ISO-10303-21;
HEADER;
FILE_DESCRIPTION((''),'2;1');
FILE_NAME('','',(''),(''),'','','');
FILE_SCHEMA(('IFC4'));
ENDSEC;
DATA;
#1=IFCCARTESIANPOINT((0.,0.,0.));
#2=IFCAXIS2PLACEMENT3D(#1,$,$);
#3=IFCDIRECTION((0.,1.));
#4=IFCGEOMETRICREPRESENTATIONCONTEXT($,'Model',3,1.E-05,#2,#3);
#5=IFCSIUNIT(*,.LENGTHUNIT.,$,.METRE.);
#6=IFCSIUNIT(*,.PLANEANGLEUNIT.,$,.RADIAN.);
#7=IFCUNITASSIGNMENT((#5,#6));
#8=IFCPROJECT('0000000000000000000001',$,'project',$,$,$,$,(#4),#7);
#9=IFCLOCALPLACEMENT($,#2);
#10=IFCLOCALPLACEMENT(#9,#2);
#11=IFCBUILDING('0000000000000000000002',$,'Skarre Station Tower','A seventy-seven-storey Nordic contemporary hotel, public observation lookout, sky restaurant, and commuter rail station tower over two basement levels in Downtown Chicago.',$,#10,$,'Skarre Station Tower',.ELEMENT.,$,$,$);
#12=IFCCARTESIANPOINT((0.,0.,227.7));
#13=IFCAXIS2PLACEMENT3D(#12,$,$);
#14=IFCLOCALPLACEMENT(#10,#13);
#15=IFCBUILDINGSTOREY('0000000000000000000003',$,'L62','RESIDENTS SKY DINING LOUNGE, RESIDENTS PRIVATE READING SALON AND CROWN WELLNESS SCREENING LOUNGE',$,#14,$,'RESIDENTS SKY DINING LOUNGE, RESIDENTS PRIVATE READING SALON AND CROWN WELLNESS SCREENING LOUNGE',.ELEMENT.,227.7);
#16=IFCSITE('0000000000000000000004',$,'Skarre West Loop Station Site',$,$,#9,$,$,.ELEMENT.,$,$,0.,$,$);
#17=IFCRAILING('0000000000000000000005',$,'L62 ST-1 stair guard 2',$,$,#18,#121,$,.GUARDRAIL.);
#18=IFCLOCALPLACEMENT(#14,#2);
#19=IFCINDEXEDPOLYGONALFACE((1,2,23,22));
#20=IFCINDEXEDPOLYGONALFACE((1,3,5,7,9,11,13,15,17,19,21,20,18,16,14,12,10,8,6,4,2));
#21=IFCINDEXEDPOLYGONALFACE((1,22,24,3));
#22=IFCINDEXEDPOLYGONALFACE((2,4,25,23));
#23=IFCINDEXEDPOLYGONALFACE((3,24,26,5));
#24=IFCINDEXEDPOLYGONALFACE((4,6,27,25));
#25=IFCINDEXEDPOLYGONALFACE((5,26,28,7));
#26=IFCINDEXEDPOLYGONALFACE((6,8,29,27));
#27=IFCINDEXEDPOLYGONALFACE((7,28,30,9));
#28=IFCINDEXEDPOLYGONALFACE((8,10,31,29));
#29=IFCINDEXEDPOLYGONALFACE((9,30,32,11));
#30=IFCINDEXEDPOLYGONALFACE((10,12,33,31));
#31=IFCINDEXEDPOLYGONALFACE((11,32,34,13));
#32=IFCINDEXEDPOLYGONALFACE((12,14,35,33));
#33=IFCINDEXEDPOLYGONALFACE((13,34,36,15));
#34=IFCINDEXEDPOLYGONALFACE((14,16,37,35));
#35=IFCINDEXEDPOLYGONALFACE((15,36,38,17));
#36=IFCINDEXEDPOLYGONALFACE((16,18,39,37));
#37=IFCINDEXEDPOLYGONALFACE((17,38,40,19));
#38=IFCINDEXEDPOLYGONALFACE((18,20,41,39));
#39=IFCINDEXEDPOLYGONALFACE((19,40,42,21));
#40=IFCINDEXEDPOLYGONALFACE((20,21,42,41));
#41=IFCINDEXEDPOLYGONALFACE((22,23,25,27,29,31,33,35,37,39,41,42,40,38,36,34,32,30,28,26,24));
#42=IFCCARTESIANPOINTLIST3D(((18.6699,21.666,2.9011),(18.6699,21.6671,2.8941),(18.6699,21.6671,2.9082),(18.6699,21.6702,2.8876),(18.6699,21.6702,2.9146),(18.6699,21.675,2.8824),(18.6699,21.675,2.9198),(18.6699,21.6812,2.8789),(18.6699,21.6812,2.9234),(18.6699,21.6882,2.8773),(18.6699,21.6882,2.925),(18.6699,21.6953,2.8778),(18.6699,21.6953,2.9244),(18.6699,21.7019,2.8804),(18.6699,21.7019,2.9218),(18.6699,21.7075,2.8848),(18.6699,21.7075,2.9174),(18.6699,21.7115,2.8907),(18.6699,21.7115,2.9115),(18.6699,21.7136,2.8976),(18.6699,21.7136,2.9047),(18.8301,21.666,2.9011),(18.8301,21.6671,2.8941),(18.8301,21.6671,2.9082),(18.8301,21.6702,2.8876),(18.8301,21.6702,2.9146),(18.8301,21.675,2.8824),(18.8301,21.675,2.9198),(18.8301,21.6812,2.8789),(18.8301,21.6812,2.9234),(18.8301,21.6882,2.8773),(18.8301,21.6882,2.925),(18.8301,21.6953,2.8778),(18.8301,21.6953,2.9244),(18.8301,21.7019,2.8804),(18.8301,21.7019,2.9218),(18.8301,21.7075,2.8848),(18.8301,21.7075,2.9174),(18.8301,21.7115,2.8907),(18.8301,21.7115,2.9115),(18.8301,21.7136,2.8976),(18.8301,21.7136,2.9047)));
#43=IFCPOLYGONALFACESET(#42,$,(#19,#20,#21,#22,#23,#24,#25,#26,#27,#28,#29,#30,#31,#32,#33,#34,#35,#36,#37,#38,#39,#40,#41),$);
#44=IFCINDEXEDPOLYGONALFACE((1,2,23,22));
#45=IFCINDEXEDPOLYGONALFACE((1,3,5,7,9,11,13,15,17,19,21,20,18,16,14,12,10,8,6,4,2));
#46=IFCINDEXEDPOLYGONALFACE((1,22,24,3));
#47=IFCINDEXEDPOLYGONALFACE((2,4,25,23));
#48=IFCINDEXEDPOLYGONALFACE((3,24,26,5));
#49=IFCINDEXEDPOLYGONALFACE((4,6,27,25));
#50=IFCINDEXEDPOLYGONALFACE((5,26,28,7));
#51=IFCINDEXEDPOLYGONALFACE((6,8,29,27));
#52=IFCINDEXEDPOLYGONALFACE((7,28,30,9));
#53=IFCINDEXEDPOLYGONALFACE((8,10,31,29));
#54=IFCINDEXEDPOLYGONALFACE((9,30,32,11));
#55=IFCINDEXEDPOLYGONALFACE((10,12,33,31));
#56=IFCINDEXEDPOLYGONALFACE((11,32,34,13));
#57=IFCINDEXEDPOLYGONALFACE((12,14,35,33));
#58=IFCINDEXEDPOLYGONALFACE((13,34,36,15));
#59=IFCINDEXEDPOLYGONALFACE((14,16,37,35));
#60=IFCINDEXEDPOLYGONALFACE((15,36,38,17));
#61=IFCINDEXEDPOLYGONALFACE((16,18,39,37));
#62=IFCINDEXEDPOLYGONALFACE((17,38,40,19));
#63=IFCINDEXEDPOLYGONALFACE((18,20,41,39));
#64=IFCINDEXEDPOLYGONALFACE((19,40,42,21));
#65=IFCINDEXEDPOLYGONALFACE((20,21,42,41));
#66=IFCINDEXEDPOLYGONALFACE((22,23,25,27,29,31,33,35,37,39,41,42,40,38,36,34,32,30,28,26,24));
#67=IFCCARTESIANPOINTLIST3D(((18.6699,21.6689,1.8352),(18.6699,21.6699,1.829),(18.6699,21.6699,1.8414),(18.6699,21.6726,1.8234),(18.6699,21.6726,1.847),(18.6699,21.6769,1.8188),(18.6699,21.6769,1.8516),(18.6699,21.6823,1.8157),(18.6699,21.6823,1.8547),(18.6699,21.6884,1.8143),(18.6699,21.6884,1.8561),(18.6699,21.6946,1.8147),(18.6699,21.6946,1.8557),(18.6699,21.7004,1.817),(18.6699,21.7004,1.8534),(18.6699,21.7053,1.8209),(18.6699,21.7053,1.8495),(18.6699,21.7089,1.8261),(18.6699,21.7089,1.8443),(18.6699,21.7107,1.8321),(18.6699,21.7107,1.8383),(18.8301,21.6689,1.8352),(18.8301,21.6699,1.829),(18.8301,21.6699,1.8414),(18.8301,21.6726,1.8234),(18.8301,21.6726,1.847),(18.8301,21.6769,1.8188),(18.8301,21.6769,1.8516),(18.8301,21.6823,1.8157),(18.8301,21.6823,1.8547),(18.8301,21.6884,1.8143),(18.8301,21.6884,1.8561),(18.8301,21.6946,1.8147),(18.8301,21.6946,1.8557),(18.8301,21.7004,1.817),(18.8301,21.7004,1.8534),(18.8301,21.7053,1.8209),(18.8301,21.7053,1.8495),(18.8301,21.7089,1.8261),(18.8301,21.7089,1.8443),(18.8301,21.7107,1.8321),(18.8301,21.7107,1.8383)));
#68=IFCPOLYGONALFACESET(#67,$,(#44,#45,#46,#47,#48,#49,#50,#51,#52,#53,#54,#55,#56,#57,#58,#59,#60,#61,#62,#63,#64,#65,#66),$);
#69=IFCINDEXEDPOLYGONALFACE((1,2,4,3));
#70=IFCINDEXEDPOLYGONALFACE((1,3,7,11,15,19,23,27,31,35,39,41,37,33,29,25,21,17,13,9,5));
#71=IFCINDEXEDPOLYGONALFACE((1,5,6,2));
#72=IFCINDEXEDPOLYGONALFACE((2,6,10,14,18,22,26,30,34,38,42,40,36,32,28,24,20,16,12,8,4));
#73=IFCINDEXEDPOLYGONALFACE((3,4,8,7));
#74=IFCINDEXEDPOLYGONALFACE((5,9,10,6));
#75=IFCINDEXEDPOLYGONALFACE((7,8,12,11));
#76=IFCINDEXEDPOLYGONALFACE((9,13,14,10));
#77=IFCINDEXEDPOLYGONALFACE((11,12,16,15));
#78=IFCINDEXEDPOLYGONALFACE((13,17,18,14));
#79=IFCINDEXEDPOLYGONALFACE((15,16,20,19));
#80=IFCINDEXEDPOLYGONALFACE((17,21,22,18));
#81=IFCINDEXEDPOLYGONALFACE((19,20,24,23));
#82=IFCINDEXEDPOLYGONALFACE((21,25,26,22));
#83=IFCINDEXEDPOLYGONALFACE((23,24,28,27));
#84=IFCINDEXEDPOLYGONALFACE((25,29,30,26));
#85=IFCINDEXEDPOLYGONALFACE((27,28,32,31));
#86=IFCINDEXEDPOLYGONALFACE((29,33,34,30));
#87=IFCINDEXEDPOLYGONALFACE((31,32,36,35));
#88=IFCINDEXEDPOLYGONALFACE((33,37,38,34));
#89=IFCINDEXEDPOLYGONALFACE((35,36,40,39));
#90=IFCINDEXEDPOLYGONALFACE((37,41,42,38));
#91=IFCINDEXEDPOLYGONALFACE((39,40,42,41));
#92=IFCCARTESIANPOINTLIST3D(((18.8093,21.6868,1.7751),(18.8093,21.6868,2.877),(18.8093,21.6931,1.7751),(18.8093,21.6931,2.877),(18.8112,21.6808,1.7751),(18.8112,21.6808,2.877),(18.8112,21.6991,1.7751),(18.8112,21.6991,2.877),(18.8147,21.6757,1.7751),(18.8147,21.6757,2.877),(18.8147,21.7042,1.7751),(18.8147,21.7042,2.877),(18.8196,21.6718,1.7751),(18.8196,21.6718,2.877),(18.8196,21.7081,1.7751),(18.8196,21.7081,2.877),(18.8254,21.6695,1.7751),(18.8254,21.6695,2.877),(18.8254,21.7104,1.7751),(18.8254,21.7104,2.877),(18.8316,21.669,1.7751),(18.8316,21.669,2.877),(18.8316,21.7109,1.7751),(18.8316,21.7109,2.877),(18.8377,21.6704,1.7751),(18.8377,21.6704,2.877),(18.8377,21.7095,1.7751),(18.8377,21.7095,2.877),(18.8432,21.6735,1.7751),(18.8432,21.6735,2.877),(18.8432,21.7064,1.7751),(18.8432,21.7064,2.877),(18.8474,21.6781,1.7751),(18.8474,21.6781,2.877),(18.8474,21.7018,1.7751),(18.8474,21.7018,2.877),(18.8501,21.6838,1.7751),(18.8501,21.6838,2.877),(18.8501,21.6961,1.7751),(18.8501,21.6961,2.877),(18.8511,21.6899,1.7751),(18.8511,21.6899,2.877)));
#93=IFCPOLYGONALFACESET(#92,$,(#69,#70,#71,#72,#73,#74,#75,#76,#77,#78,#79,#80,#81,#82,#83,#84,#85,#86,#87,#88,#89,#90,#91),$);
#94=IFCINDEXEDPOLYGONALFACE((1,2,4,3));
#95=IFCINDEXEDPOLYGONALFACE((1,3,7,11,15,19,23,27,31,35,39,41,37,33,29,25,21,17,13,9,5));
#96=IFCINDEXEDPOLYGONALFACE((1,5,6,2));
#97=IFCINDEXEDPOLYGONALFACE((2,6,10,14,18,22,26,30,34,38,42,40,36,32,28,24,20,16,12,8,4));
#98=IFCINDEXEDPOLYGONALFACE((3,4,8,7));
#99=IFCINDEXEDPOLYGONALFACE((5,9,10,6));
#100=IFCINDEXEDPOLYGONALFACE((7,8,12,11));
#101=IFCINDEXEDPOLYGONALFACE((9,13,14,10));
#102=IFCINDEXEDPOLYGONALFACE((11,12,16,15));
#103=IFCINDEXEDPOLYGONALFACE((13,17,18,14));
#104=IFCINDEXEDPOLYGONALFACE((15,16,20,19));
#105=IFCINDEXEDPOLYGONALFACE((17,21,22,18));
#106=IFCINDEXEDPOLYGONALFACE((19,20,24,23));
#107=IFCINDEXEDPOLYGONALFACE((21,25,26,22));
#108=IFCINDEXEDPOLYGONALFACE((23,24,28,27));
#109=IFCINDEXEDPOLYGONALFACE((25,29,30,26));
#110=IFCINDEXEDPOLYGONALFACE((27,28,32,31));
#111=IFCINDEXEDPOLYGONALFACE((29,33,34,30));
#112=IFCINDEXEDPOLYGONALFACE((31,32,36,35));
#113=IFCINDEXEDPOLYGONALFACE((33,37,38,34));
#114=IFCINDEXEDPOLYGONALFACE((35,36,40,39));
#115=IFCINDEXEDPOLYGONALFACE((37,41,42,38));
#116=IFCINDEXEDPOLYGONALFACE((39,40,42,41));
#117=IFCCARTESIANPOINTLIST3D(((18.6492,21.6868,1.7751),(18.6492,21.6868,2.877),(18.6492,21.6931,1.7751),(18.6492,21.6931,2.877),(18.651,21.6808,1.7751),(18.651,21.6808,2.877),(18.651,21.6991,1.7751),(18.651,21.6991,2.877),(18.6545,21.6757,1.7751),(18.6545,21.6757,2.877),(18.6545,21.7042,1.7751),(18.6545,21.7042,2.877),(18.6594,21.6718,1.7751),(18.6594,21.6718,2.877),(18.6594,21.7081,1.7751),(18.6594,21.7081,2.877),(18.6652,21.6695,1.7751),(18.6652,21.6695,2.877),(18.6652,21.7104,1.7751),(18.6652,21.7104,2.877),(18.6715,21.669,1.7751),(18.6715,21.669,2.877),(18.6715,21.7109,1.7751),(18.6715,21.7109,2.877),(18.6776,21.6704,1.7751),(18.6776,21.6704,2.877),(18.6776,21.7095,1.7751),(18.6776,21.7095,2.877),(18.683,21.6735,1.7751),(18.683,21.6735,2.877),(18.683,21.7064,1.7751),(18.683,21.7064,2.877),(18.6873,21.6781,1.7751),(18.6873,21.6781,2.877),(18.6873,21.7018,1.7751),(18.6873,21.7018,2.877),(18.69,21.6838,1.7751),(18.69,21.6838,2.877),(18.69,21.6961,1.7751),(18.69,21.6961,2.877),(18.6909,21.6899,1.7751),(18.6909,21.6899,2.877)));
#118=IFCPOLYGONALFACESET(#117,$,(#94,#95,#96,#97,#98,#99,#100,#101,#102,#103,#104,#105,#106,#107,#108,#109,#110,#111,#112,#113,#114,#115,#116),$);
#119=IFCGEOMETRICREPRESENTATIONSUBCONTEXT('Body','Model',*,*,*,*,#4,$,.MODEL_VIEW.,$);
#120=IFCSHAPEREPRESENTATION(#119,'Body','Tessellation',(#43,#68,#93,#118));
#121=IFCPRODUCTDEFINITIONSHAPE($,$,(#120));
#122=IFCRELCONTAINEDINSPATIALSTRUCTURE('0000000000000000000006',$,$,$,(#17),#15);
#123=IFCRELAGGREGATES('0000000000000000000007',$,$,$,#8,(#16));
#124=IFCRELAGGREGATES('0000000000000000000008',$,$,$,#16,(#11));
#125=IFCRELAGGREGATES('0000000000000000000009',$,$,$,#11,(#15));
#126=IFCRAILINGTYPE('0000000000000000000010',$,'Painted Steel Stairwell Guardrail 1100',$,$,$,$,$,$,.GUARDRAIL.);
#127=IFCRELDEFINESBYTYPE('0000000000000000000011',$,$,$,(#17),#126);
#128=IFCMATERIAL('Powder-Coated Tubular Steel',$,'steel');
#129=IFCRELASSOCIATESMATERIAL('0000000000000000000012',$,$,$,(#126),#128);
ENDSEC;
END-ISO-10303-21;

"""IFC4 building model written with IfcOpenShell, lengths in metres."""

from ifc_helpers import new_model, si_unit, direction, frame, origin, origin_2d, place, context, subcontext, project, spatial, circle, extrude, material, type_object, element, save


model = new_model("IFC4")

# Units and contexts
model_context = context("Model", 3, precision=1e-05, world=origin(), true_north=direction((0.0, 1.0)))
body_context = subcontext(model_context, "Body", "Model", "MODEL_VIEW")
ifc_project = project(units=[si_unit("LENGTHUNIT", "METRE"), si_unit("PLANEANGLEUNIT", "RADIAN")], contexts=[model_context])

# Site, building, storey
site_placement = place(None, origin())
site = spatial("IfcSite", under=ifc_project, at=site_placement, Name="Skarre West Loop Station Site", CompositionType="ELEMENT", RefElevation=0.0)
building_placement = place(site_placement, origin())
building = spatial("IfcBuilding", under=site, at=building_placement, Name="Skarre Station Tower", Description="A seventy-seven-storey Nordic contemporary hotel, public observation lookout, sky restaurant, and commuter rail station tower over two basement levels in Downtown Chicago.", LongName="Skarre Station Tower", CompositionType="ELEMENT")
storey_placement = place(building_placement, frame((0.0, 0.0, 227.7)))
storey = spatial("IfcBuildingStorey", under=building, at=storey_placement, Name="L62", Description="RESIDENTS SKY DINING LOUNGE, RESIDENTS PRIVATE READING SALON AND CROWN WELLNESS SCREENING LOUNGE", LongName="RESIDENTS SKY DINING LOUNGE, RESIDENTS PRIVATE READING SALON AND CROWN WELLNESS SCREENING LOUNGE", CompositionType="ELEMENT", Elevation=227.7)

# Railing
ifc_material_1 = material(Name="Powder-Coated Tubular Steel", Category="steel")
railing_type = type_object("IfcRailingType", Name="Painted Steel Stairwell Guardrail 1100", PredefinedType="GUARDRAIL", material=ifc_material_1)
railing_placement = place(storey_placement, frame((18.8301, 21.6899, 1.7751)))
element("IfcRailing", 1, at=railing_placement, inside=storey, type_object=railing_type, Name="L62 ST-1 stair guard 2", PredefinedType="GUARDRAIL", context=body_context, shape_type="SweptSolid", body=[
    extrude(circle(Radius=0.0239, at=origin_2d()), frame((0.0, 0.0, 1.126), z_axis=(-1.0, 0.0, 0.0), x_axis=(0.0, -1.0, 0.0)), (0.0, 0.0, 1.0), 0.1602),
    extrude(circle(Radius=0.021, at=origin_2d()), frame((0.0, 0.0, 0.0601), z_axis=(-1.0, 0.0, 0.0), x_axis=(0.0, -1.0, 0.0)), (0.0, 0.0, 1.0), 0.1602),
    extrude(circle(Radius=0.021, at=origin_2d()), origin(), (0.0, 0.0, 1.0), 1.1018),
    extrude(circle(Radius=0.021, at=origin_2d()), frame((-0.1602, 0.0, 0.0)), (0.0, 0.0, 1.0), 1.1018),
])

save(model, "model.ifc")
